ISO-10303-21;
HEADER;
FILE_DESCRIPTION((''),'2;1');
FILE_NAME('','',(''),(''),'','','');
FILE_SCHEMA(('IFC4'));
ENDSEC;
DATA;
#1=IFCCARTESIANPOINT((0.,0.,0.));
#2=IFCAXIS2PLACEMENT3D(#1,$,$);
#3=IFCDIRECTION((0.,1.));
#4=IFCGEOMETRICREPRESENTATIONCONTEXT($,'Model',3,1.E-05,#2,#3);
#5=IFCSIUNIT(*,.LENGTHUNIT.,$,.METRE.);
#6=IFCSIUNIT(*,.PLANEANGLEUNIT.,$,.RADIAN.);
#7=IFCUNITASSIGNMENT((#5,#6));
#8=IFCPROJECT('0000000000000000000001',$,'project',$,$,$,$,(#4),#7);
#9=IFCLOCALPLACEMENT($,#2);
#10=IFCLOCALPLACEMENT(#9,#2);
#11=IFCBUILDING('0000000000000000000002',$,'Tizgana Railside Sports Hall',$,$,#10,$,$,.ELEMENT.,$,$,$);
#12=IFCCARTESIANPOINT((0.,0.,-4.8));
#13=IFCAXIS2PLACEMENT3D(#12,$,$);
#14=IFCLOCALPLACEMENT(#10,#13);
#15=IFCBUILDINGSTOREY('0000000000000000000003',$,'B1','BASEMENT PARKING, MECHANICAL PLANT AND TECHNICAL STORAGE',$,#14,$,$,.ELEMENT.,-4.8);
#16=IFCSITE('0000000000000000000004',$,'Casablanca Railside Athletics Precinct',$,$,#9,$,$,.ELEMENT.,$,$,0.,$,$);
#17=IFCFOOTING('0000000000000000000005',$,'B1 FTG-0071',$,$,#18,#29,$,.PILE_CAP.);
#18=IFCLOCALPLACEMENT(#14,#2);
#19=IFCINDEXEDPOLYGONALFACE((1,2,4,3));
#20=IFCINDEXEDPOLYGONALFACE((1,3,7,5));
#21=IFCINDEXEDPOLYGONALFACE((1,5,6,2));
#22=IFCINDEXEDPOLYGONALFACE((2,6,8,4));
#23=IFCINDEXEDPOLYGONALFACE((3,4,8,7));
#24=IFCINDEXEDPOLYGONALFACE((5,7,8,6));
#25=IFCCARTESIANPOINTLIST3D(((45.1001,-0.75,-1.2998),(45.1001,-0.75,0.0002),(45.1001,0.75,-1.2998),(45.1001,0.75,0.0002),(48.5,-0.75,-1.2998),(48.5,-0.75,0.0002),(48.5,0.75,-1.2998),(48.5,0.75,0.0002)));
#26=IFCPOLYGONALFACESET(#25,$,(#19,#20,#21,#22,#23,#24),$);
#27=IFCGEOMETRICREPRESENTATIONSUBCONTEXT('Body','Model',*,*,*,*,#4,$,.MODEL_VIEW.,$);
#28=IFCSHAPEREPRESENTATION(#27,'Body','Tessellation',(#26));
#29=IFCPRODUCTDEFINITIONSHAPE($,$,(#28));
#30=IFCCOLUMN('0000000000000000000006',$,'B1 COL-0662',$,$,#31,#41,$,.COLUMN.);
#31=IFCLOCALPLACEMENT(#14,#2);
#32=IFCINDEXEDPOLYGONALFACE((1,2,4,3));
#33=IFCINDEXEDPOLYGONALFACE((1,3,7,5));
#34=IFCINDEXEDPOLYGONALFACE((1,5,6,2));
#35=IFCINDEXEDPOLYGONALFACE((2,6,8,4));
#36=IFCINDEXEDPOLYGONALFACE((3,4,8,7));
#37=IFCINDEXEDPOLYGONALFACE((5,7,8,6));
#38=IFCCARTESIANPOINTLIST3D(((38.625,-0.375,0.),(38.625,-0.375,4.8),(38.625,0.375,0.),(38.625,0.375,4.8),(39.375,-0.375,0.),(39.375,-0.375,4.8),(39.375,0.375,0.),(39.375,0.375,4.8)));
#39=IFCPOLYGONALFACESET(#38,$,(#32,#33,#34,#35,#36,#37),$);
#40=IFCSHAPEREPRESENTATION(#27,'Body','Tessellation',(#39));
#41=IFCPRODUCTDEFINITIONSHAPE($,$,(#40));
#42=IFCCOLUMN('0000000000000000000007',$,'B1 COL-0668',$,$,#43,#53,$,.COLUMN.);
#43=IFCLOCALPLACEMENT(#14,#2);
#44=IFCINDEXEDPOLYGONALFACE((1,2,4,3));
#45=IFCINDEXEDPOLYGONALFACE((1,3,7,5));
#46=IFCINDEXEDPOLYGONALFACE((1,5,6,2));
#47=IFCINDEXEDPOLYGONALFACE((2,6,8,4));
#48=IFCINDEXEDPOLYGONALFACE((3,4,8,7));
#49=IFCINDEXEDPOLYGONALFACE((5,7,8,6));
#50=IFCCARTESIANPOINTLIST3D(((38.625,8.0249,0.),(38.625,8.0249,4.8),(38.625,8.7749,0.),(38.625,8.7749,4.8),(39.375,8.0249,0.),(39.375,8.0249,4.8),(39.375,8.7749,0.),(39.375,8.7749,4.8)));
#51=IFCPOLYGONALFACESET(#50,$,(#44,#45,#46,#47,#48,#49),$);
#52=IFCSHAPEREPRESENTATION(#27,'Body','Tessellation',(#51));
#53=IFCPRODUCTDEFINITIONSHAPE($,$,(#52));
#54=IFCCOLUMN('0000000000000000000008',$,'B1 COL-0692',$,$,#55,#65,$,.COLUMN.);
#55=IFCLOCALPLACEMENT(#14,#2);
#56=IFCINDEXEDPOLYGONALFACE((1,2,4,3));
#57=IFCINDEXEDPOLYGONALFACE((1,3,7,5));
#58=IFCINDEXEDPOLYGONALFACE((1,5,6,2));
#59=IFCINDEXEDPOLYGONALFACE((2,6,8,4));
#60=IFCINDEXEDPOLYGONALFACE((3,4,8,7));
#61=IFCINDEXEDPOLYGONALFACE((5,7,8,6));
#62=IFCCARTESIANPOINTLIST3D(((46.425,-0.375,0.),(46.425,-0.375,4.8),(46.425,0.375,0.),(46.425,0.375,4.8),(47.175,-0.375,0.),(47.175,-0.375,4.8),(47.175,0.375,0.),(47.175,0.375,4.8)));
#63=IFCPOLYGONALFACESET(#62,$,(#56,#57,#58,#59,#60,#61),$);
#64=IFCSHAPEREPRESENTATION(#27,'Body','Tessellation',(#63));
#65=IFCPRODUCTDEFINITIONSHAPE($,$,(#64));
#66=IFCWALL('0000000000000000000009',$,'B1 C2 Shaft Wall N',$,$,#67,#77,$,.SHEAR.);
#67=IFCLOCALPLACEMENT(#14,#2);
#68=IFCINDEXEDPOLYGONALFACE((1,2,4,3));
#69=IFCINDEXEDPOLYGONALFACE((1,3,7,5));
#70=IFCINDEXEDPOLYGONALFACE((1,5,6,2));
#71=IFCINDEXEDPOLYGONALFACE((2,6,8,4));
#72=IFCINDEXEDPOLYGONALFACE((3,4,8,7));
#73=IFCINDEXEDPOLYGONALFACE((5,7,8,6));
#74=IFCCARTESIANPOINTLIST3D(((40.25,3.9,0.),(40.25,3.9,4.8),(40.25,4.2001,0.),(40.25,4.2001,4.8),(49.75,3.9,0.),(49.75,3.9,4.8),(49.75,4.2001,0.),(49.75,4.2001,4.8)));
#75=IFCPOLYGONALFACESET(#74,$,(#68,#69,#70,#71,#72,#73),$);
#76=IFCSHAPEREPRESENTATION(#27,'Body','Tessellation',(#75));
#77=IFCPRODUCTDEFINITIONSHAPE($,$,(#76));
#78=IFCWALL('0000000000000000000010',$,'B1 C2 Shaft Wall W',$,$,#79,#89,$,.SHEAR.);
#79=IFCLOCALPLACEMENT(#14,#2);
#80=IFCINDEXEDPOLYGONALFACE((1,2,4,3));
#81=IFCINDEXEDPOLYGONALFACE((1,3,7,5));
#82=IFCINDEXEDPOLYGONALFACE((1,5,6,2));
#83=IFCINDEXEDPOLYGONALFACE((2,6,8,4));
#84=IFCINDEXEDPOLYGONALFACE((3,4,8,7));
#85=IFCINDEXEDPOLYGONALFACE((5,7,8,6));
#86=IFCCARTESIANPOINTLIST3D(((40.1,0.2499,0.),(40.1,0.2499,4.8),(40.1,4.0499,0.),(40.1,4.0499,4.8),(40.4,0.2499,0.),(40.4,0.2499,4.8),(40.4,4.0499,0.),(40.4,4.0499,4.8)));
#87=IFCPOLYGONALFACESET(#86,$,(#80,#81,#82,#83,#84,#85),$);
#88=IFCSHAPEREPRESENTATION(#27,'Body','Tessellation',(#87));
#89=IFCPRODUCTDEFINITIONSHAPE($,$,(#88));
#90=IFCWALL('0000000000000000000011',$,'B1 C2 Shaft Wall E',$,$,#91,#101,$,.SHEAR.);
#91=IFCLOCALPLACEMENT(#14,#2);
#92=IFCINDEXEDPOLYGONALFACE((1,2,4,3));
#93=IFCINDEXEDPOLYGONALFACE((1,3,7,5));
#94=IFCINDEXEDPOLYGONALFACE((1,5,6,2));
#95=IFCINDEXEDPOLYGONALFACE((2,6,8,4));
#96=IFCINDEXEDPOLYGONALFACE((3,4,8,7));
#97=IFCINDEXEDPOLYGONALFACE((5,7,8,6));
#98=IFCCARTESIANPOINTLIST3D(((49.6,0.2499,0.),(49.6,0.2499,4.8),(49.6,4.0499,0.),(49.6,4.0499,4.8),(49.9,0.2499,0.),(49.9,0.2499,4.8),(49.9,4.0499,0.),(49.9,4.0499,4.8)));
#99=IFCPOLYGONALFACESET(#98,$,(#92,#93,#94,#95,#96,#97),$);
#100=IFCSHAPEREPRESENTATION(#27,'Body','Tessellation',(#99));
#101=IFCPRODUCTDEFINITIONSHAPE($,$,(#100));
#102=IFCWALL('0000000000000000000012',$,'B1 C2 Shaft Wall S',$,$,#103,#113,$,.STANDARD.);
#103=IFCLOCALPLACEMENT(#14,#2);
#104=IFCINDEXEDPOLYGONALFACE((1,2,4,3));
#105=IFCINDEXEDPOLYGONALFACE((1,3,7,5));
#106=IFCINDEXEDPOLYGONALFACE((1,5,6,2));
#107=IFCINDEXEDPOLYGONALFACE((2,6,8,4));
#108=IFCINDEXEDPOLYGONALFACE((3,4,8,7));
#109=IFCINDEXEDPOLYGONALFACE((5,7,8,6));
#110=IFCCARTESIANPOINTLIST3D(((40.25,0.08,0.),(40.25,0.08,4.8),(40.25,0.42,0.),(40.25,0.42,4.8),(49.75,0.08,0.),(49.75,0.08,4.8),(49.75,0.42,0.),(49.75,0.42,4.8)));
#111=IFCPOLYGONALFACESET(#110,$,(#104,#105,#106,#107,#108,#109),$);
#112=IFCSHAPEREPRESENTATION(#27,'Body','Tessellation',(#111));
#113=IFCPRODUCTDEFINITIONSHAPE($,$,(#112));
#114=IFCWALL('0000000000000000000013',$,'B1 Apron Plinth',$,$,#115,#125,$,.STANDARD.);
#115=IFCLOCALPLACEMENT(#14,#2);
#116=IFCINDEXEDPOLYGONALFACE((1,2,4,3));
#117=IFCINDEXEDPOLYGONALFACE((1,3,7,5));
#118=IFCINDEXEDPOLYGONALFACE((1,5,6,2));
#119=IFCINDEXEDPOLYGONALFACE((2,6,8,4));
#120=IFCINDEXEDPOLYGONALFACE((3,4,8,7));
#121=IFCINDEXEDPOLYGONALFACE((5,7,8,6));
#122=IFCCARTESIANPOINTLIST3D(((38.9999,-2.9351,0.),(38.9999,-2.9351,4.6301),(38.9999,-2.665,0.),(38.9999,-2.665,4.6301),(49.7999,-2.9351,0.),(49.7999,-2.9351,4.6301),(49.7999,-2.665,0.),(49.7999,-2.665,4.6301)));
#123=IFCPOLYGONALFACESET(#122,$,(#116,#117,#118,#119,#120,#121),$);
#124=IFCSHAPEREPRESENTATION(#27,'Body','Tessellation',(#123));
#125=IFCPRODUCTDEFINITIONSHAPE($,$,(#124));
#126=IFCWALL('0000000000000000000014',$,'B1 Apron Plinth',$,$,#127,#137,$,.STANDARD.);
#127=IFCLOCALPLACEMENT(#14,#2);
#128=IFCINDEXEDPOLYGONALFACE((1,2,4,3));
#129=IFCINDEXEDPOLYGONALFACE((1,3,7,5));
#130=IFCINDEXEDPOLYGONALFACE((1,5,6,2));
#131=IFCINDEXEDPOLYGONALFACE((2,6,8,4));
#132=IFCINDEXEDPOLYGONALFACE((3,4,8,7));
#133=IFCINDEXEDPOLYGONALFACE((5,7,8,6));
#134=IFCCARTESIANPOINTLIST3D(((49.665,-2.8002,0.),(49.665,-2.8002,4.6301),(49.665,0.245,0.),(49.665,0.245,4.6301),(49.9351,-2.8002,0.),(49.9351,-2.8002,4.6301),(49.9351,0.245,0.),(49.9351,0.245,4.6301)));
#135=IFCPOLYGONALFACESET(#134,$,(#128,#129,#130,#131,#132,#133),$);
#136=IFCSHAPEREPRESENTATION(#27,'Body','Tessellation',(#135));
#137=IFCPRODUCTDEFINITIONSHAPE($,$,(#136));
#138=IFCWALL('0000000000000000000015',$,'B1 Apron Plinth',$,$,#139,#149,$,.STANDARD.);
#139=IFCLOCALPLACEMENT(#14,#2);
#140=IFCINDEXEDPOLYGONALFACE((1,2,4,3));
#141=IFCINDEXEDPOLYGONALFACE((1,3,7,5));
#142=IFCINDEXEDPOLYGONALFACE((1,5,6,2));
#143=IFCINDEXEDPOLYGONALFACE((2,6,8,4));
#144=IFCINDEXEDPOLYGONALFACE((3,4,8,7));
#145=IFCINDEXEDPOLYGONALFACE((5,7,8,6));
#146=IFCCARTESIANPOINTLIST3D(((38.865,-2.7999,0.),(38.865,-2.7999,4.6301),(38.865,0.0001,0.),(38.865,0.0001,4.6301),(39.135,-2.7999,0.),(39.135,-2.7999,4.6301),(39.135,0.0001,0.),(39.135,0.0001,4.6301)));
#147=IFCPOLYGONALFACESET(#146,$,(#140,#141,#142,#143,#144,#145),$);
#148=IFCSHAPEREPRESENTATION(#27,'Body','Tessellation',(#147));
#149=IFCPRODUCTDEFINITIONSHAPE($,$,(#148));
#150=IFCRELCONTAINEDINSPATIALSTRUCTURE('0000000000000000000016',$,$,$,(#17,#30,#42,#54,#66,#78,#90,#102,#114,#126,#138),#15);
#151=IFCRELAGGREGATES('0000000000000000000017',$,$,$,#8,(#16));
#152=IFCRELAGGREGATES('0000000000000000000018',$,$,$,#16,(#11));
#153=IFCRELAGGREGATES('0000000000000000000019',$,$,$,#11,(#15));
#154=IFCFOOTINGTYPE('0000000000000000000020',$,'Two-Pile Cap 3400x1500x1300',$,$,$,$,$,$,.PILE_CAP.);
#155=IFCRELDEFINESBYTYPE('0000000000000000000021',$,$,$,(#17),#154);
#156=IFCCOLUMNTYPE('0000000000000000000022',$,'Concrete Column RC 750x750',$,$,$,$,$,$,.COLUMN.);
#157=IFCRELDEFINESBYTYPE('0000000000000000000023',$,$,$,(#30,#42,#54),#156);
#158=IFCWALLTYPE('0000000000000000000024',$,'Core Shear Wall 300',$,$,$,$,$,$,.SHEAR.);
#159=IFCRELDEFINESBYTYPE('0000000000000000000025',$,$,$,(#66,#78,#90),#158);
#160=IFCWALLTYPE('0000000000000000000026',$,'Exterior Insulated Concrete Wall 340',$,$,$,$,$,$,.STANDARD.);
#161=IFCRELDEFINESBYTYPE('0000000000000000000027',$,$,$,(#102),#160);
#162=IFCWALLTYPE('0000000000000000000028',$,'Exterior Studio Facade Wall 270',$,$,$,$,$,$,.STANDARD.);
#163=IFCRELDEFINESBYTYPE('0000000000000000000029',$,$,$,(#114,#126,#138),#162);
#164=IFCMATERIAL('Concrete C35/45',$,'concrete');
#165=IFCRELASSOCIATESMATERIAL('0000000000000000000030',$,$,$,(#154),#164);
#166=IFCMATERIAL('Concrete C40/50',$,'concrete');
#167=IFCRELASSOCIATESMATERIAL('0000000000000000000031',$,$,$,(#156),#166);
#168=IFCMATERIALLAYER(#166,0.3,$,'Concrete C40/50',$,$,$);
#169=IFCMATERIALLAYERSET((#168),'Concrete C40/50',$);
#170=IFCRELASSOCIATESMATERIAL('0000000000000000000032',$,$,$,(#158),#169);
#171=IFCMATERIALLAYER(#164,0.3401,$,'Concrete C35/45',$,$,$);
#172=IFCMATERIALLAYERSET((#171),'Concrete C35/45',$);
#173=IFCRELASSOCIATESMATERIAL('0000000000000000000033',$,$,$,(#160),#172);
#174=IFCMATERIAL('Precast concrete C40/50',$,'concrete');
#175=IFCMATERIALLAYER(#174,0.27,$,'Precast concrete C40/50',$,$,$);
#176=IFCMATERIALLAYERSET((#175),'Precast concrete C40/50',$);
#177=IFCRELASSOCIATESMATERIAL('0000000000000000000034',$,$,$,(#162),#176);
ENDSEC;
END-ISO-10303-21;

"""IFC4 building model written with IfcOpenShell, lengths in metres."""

from ifc_helpers import new_model, si_unit, direction, frame, frame_2d, origin, origin_2d, place, context, subcontext, project, spatial, rectangle, extrude, material, layer, layer_set, material_profile, profile_set, type_object, element, save


model = new_model("IFC4")

# Units and contexts
model_context = context("Model", 3, precision=1e-05, world=origin(), true_north=direction((0.0, 1.0)))
body_context = subcontext(model_context, "Body", "Model", "MODEL_VIEW")
ifc_project = project(units=[si_unit("LENGTHUNIT", "METRE"), si_unit("PLANEANGLEUNIT", "RADIAN")], contexts=[model_context])

# Site, building, storey
site_placement = place(None, origin())
site = spatial("IfcSite", under=ifc_project, at=site_placement, Name="Casablanca Railside Athletics Precinct", CompositionType="ELEMENT", RefElevation=0.0)
building_placement = place(site_placement, origin())
building = spatial("IfcBuilding", under=site, at=building_placement, Name="Tizgana Railside Sports Hall", CompositionType="ELEMENT")
storey_placement = place(building_placement, frame((0.0, 0.0, -4.8)))
storey = spatial("IfcBuildingStorey", under=building, at=storey_placement, Name="B1", Description="BASEMENT PARKING, MECHANICAL PLANT AND TECHNICAL STORAGE", CompositionType="ELEMENT", Elevation=-4.8)

# Shared definitions
ifc_material_1 = material(Name="Concrete C35/45", Category="concrete")

# Footing
footing_type_1 = type_object("IfcFootingType", Name="Two-Pile Cap 3400x1500x1300", PredefinedType="PILE_CAP", material=ifc_material_1)
for number, where, z_axis, x_axis, name in (
    (1, (46.8, 0.0, -1.2998), (0.0, 0.0, 1.0), (1.0, 0.0, 0.0), "B1 FTG-0071"),
):
    element("IfcFooting", number, at=place(storey_placement, frame(where, z_axis=z_axis, x_axis=x_axis)), inside=storey, type_object=footing_type_1, Name=name, PredefinedType="PILE_CAP", context=body_context, shape_type="SweptSolid", body=[
        extrude(rectangle(XDim=3.3999, YDim=1.5, at=origin_2d()), origin(), (0.0, 0.0, 1.0), 1.3),
    ])

# Columns
ifc_material_2 = material(Name="Concrete C40/50", Category="concrete")
ifc_material_profile_1 = material_profile(ifc_material_2, rectangle(XDim=0.75, YDim=0.75, at=origin_2d()), Name="RC 750x750")
ifc_profile_set_1 = profile_set([ifc_material_profile_1], Name="Concrete C40/50")
column_type = type_object("IfcColumnType", Name="Concrete Column RC 750x750", PredefinedType="COLUMN", material=ifc_profile_set_1)
for number, where, z_axis, x_axis, name in (
    (2, (39.0, 0.0, 0.0), (0.0, 0.0, 1.0), (1.0, 0.0, 0.0), "B1 COL-0662"),
    (3, (39.0, 8.3999, 0.0), (0.0, 0.0, 1.0), (1.0, 0.0, 0.0), "B1 COL-0668"),
    (4, (46.8, 0.0, 0.0), (0.0, 0.0, 1.0), (1.0, 0.0, 0.0), "B1 COL-0692"),
):
    element("IfcColumn", number, at=place(storey_placement, frame(where, z_axis=z_axis, x_axis=x_axis)), inside=storey, type_object=column_type, Name=name, PredefinedType="COLUMN", context=body_context, shape_type="SweptSolid", body=[
        extrude(rectangle(XDim=0.75, YDim=0.75, at=origin_2d()), origin(), (0.0, 0.0, 1.0), 4.8),
    ])

# Walls
ifc_layer_1 = layer(ifc_material_2, 0.3, Name="Concrete C40/50")
ifc_layer_set_1 = layer_set([ifc_layer_1], Name="Concrete C40/50")
wall_type_1 = type_object("IfcWallType", Name="Core Shear Wall 300", PredefinedType="SHEAR", material=ifc_layer_set_1)
wall_1_placement = place(storey_placement, frame((40.25, 4.05, 0.0), z_axis=(0.0, 0.0, 1.0), x_axis=(1.0, 0.0, 0.0)))
element("IfcWall", 5, at=wall_1_placement, inside=storey, type_object=wall_type_1, Name="B1 C2 Shaft Wall N", PredefinedType="SHEAR", context=body_context, shape_type="SweptSolid", body=[
    extrude(rectangle(XDim=9.5, YDim=0.3, at=frame_2d((4.75, 0.0))), origin(), (0.0, 0.0, 1.0), 4.8),
])
for number, where, z_axis, x_axis, name in (
    (6, (40.25, 0.25, 0.0), (0.0, 0.0, 1.0), (0.0, 1.0, 0.0), "B1 C2 Shaft Wall W"),
    (7, (49.75, 0.25, 0.0), (0.0, 0.0, 1.0), (0.0, 1.0, 0.0), "B1 C2 Shaft Wall E"),
):
    element("IfcWall", number, at=place(storey_placement, frame(where, z_axis=z_axis, x_axis=x_axis)), inside=storey, type_object=wall_type_1, Name=name, PredefinedType="SHEAR", context=body_context, shape_type="SweptSolid", body=[
        extrude(rectangle(XDim=3.8, YDim=0.3, at=frame_2d((1.8999, 0.0))), origin(), (0.0, 0.0, 1.0), 4.8),
    ])
ifc_layer_2 = layer(ifc_material_1, 0.3401, Name="Concrete C35/45")
ifc_layer_set_2 = layer_set([ifc_layer_2], Name="Concrete C35/45")
wall_type_2 = type_object("IfcWallType", Name="Exterior Insulated Concrete Wall 340", PredefinedType="STANDARD", material=ifc_layer_set_2)
wall_2_placement = place(storey_placement, frame((49.75, 0.25, 0.0), z_axis=(0.0, 0.0, 1.0), x_axis=(-1.0, 0.0, 0.0)))
element("IfcWall", 8, at=wall_2_placement, inside=storey, type_object=wall_type_2, Name="B1 C2 Shaft Wall S", PredefinedType="STANDARD", context=body_context, shape_type="SweptSolid", body=[
    extrude(rectangle(XDim=9.5, YDim=0.3401, at=frame_2d((4.75, 0.0))), origin(), (0.0, 0.0, 1.0), 4.8),
])
ifc_material_3 = material(Name="Precast concrete C40/50", Category="concrete")
ifc_layer_3 = layer(ifc_material_3, 0.27, Name="Precast concrete C40/50")
ifc_layer_set_3 = layer_set([ifc_layer_3], Name="Precast concrete C40/50")
wall_type_3 = type_object("IfcWallType", Name="Exterior Studio Facade Wall 270", PredefinedType="STANDARD", material=ifc_layer_set_3)
wall_3_placement = place(storey_placement, frame((39.0, -2.8, 0.0), z_axis=(0.0, 0.0, 1.0), x_axis=(1.0, 0.0, 0.0)))
element("IfcWall", 9, at=wall_3_placement, inside=storey, type_object=wall_type_3, Name="B1 Apron Plinth", PredefinedType="STANDARD", context=body_context, shape_type="SweptSolid", body=[
    extrude(rectangle(XDim=10.8, YDim=0.27, at=frame_2d((5.3999, 0.0))), origin(), (0.0, 0.0, 1.0), 4.6301),
])
wall_4_placement = place(storey_placement, frame((49.8, -2.8, 0.0), z_axis=(0.0, 0.0, 1.0), x_axis=(0.0, 1.0, 0.0)))
element("IfcWall", 10, at=wall_4_placement, inside=storey, type_object=wall_type_3, Name="B1 Apron Plinth", PredefinedType="STANDARD", context=body_context, shape_type="SweptSolid", body=[
    extrude(rectangle(XDim=3.0452, YDim=0.27, at=frame_2d((1.5225, 0.0))), origin(), (0.0, 0.0, 1.0), 4.6301),
])
wall_5_placement = place(storey_placement, frame((39.0, 0.0, 0.0), z_axis=(0.0, 0.0, 1.0), x_axis=(0.0, -1.0, 0.0)))
element("IfcWall", 11, at=wall_5_placement, inside=storey, type_object=wall_type_3, Name="B1 Apron Plinth", PredefinedType="STANDARD", context=body_context, shape_type="SweptSolid", body=[
    extrude(rectangle(XDim=2.8, YDim=0.27, at=frame_2d((1.3999, 0.0))), origin(), (0.0, 0.0, 1.0), 4.6301),
])

save(model, "model.ifc")
